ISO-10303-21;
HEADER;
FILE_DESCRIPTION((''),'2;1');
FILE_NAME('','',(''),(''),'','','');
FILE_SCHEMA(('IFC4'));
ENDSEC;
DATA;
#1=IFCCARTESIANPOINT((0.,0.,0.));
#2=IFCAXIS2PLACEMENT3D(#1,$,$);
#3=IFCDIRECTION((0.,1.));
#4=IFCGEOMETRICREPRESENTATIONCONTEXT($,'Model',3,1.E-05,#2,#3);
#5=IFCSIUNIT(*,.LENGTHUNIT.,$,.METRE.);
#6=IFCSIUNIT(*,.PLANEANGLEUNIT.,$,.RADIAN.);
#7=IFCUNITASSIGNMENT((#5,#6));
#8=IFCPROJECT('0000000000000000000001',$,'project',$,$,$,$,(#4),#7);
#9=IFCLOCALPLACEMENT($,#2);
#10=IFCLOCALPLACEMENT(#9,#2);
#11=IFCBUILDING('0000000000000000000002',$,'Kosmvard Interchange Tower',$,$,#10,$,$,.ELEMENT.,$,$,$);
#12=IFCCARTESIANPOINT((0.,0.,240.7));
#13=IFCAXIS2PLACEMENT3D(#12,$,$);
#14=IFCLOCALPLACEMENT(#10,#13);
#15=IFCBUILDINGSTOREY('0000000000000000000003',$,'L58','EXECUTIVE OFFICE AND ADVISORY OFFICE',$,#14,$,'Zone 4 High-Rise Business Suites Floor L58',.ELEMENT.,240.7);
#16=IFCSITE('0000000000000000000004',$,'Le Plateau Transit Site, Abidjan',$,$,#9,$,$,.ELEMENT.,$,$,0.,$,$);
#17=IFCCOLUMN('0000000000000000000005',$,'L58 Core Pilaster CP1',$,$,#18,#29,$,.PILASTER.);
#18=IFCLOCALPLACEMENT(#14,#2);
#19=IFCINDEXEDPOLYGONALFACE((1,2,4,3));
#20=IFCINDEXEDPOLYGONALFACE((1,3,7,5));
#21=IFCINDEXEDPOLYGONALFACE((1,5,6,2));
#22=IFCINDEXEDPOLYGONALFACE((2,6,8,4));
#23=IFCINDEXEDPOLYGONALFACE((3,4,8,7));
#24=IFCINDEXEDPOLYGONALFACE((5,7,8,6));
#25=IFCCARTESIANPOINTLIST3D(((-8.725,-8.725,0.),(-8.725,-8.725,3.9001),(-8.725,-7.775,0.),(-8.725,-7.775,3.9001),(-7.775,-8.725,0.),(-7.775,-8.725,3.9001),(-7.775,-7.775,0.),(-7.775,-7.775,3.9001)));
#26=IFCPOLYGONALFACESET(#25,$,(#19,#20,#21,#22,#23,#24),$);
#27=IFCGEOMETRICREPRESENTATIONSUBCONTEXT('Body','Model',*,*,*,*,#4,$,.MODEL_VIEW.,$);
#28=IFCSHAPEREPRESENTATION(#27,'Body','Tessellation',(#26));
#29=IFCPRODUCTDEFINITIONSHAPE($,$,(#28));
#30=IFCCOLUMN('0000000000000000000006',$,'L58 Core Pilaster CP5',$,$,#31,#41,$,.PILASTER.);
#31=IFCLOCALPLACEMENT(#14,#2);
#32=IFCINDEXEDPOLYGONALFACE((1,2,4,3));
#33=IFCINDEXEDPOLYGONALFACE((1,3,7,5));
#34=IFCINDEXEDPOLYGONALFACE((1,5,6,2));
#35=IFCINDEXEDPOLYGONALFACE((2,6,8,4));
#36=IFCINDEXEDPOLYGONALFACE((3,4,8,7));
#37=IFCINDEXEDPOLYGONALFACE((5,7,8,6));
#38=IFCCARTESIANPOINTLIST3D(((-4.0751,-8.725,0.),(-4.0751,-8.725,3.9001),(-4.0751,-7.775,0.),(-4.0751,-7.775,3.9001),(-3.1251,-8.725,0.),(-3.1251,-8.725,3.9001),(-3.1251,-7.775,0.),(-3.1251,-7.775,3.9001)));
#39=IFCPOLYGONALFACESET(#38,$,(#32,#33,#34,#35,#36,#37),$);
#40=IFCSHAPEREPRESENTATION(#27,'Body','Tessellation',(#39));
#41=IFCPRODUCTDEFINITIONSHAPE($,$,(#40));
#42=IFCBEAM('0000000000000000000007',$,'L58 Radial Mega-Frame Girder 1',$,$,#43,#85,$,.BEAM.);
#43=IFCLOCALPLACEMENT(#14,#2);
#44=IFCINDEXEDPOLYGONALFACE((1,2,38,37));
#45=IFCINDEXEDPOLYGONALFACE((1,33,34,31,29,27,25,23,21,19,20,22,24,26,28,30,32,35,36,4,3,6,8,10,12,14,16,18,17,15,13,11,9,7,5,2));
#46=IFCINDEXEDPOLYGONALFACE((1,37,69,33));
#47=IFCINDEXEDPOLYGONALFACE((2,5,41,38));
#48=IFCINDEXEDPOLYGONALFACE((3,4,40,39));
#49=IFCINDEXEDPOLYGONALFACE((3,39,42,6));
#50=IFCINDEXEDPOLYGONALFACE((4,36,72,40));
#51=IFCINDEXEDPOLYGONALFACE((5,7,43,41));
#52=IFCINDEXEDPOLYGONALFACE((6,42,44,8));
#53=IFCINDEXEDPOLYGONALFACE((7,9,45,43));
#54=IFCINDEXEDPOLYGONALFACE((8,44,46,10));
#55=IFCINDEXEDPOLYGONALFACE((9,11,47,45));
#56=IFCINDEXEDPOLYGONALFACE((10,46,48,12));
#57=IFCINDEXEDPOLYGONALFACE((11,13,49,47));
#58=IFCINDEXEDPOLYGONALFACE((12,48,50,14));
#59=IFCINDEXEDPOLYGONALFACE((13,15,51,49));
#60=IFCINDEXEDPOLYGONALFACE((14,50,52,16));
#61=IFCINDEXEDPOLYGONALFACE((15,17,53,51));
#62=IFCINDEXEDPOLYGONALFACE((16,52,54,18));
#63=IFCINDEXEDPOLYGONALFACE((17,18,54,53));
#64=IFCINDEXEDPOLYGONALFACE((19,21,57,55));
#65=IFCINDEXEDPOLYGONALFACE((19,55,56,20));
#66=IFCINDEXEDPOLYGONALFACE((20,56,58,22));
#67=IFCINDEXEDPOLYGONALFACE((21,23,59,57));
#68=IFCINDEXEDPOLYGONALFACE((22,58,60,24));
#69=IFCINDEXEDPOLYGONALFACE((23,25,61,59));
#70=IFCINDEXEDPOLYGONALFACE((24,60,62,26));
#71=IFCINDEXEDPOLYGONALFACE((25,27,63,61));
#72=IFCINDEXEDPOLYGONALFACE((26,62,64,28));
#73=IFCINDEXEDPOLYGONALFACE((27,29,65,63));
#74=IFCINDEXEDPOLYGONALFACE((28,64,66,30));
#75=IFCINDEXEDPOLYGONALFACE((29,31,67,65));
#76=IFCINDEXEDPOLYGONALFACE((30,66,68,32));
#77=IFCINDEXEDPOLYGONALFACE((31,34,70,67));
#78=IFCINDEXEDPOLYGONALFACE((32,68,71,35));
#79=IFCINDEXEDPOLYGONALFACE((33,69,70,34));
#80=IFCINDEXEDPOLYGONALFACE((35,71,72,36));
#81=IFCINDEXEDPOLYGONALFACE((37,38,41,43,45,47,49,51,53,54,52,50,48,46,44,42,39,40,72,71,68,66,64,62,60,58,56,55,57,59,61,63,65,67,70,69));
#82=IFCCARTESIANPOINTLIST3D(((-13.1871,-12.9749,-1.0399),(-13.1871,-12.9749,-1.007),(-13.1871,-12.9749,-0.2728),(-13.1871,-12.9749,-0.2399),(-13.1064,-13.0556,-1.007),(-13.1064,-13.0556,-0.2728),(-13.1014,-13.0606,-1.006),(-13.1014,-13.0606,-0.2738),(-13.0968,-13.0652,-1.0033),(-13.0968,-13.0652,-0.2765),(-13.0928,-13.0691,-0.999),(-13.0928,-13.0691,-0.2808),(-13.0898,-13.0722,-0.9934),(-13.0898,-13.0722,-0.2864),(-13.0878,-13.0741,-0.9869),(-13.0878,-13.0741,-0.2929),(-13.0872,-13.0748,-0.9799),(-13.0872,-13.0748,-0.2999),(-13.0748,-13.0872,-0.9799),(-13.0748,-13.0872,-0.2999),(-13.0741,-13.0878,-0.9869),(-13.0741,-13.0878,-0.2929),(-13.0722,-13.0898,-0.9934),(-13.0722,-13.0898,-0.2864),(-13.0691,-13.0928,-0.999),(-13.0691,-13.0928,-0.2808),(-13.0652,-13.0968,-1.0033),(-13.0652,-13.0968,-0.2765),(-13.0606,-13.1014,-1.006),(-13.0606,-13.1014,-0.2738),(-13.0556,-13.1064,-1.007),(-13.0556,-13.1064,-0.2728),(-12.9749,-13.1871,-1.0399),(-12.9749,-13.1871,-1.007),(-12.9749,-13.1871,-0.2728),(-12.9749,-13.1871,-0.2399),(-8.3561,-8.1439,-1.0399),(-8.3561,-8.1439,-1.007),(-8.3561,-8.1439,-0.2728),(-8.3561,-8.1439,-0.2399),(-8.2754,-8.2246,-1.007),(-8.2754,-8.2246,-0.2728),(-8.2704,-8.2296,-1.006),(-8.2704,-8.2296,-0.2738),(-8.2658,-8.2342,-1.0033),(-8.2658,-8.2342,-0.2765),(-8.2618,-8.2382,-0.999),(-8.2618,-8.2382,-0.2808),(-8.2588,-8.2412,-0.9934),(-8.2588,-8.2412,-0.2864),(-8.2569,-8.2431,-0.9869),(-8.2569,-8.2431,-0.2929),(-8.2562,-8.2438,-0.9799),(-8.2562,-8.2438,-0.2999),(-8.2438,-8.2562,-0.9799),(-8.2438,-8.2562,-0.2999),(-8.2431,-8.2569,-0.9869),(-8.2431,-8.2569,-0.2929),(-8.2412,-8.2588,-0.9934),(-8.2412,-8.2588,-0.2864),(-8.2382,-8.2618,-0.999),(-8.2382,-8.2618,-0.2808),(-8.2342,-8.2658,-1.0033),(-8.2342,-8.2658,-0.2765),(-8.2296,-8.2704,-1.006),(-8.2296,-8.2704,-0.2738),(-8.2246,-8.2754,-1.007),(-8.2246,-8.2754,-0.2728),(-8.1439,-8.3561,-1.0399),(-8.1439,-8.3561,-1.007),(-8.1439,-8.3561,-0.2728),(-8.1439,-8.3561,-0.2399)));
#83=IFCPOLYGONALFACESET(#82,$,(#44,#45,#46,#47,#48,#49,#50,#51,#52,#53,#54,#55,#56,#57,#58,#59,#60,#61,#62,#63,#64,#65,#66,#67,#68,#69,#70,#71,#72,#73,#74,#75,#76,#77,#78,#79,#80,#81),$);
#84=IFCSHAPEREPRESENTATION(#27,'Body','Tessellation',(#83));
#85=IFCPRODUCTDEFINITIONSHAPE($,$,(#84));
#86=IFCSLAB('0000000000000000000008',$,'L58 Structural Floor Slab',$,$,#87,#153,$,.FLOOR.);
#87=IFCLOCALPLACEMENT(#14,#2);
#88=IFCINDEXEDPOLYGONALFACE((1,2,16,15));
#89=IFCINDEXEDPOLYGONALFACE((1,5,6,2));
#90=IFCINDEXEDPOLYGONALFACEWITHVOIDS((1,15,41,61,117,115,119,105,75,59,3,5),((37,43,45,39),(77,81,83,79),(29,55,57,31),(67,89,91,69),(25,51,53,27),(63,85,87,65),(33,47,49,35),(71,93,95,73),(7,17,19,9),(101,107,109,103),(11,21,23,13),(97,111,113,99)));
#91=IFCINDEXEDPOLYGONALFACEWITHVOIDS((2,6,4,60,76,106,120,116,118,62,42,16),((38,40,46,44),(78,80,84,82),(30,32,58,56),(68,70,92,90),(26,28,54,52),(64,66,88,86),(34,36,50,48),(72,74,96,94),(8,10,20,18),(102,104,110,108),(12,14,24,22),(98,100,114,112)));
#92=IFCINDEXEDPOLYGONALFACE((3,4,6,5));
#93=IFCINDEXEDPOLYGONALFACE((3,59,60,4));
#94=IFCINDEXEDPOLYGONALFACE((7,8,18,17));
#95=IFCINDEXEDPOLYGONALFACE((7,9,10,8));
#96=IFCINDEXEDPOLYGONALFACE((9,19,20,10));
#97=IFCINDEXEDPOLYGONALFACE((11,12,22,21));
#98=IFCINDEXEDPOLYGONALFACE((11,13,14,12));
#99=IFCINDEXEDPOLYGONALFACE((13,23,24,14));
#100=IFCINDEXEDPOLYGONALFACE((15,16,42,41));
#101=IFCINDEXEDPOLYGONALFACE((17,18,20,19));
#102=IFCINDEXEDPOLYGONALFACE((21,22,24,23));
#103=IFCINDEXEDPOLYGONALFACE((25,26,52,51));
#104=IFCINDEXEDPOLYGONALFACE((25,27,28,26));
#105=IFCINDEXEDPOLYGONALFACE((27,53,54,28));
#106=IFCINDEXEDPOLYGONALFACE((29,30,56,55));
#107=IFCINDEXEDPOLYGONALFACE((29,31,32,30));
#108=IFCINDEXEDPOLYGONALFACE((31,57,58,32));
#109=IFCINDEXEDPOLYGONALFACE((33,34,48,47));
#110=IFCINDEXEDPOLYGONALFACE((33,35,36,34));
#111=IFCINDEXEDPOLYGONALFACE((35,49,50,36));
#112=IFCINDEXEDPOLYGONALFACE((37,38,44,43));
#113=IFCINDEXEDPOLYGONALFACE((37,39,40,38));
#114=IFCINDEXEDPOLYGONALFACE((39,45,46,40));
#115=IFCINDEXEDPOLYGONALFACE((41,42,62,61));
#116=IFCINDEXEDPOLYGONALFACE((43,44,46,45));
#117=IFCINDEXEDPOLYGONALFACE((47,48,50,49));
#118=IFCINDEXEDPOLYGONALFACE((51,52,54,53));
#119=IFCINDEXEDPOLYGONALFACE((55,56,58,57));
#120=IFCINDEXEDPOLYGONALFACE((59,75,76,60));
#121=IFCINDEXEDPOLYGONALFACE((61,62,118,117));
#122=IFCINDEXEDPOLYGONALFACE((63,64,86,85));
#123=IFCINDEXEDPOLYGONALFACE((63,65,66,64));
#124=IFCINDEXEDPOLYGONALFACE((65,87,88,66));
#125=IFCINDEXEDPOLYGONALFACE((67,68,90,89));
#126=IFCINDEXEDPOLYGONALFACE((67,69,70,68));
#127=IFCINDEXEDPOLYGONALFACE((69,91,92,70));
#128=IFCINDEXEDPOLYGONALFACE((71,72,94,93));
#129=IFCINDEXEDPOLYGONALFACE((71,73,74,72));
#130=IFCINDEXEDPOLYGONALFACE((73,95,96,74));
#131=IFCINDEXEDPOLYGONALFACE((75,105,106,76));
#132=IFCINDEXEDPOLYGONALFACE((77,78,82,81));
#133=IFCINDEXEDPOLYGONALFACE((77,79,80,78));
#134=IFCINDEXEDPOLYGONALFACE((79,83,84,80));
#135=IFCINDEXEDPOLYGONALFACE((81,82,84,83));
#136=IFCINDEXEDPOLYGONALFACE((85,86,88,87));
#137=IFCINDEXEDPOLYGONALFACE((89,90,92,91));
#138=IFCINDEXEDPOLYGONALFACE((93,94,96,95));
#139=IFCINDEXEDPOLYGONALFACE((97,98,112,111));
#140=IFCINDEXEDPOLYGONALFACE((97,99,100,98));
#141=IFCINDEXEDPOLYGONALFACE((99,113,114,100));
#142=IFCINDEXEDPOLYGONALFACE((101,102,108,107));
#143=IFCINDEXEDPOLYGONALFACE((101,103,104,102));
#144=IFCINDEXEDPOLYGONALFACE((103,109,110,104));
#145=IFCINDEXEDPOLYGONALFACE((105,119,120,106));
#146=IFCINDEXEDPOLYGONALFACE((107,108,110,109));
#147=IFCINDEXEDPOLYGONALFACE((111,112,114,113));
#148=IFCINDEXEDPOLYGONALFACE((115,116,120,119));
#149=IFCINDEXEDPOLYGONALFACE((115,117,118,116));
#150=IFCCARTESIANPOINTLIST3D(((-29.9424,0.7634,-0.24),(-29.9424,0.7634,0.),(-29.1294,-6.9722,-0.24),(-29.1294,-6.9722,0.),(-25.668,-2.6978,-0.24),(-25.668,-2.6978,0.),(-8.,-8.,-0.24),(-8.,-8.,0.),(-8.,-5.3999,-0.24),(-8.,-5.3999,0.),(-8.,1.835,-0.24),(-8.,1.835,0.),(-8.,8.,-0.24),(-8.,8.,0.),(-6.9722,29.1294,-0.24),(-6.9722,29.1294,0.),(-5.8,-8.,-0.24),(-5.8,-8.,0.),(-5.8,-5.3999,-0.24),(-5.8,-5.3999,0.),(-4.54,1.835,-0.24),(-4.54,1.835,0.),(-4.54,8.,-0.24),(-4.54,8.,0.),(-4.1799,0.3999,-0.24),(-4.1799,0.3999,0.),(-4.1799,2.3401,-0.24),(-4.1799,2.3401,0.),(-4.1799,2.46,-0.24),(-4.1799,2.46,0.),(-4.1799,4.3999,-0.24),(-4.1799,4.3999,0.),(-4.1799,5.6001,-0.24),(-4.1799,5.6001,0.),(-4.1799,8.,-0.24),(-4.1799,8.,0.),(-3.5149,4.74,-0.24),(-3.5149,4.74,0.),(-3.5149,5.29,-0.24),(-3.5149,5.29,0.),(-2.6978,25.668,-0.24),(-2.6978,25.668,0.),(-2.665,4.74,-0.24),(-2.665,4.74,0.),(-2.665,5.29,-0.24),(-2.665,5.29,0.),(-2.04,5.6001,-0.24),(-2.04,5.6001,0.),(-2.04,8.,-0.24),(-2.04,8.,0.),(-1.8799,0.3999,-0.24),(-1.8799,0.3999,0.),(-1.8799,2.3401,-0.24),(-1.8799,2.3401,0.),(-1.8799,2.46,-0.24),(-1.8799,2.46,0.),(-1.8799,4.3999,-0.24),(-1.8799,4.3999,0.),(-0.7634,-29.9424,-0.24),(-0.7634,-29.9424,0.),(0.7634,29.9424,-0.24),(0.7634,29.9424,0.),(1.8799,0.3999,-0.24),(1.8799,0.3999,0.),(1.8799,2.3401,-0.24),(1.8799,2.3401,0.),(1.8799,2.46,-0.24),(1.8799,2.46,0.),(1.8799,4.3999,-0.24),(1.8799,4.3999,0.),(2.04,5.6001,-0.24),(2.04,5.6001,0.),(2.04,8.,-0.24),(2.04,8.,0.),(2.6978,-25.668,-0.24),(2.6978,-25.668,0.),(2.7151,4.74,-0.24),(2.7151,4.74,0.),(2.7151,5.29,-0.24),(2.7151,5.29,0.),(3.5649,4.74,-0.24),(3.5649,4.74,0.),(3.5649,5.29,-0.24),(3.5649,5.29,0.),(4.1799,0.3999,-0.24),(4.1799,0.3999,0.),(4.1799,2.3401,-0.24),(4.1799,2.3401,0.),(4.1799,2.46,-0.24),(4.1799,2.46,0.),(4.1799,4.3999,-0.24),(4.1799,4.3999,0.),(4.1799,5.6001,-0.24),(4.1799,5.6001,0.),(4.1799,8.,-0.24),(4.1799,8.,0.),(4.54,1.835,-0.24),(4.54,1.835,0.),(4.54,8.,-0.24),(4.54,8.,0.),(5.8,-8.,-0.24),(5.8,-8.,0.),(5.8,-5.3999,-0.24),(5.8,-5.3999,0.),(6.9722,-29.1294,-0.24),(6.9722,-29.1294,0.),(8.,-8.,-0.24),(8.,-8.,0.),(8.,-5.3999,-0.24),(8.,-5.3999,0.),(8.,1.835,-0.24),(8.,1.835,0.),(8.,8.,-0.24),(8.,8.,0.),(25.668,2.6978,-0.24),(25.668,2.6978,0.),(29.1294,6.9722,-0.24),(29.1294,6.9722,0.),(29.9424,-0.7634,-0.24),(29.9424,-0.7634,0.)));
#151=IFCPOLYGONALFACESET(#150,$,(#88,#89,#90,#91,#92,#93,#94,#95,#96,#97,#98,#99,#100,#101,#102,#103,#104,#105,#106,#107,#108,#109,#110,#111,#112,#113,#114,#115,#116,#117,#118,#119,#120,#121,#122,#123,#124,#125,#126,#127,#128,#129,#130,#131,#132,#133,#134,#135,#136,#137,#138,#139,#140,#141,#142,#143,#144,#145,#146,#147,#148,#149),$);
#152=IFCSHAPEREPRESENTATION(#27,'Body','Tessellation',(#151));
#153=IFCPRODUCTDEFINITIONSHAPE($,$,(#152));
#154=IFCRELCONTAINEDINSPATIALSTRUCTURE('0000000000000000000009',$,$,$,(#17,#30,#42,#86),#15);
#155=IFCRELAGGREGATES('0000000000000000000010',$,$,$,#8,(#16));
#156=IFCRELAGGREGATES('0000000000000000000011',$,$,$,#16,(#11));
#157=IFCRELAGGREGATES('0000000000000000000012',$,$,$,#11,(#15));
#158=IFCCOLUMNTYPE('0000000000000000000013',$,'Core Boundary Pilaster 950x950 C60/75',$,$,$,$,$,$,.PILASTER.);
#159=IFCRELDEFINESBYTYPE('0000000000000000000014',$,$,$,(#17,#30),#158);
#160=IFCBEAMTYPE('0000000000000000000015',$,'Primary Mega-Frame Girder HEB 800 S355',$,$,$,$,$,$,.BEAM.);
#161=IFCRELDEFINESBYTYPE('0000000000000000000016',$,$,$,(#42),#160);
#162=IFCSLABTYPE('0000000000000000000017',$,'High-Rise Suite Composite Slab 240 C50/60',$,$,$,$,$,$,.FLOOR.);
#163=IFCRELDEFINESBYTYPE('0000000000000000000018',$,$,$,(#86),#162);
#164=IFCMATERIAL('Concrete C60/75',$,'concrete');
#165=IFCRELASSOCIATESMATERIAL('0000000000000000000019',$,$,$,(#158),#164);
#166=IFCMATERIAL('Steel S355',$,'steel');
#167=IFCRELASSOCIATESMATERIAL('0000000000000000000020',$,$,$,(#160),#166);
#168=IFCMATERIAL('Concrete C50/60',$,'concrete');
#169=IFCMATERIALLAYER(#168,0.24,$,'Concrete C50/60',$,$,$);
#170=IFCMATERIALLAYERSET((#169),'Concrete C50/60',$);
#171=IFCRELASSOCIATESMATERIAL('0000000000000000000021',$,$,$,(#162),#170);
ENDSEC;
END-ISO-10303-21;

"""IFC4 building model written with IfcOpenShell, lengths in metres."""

from ifc_helpers import new_model, si_unit, direction, frame, origin, origin_2d, place, context, subcontext, project, spatial, polyline, rectangle, i_section, outline, extrude, source, transform, mapped, material, layer, layer_set, material_profile, profile_set, type_object, element, save


model = new_model("IFC4")

# Units and contexts
model_context = context("Model", 3, precision=1e-05, world=origin(), true_north=direction((0.0, 1.0)))
body_context = subcontext(model_context, "Body", "Model", "MODEL_VIEW")
ifc_project = project(units=[si_unit("LENGTHUNIT", "METRE"), si_unit("PLANEANGLEUNIT", "RADIAN")], contexts=[model_context])

# Site, building, storey
site_placement = place(None, origin())
site = spatial("IfcSite", under=ifc_project, at=site_placement, Name="Le Plateau Transit Site, Abidjan", CompositionType="ELEMENT", RefElevation=0.0)
building_placement = place(site_placement, origin())
building = spatial("IfcBuilding", under=site, at=building_placement, Name="Kosmvard Interchange Tower", CompositionType="ELEMENT")
storey_placement = place(building_placement, frame((0.0, 0.0, 240.7)))
storey = spatial("IfcBuildingStorey", under=building, at=storey_placement, Name="L58", Description="EXECUTIVE OFFICE AND ADVISORY OFFICE", LongName="Zone 4 High-Rise Business Suites Floor L58", CompositionType="ELEMENT", Elevation=240.7)

# Columns
ifc_material_1 = material(Name="Concrete C60/75", Category="concrete")
ifc_material_profile_1 = material_profile(ifc_material_1, rectangle(XDim=0.95, YDim=0.95, at=origin_2d()), Name="CP 950x950")
ifc_profile_set_1 = profile_set([ifc_material_profile_1], Name="Concrete C60/75")
column_type = type_object("IfcColumnType", Name="Core Boundary Pilaster 950x950 C60/75", PredefinedType="PILASTER", material=ifc_profile_set_1)
shared_shape_1 = source(origin(), body_context, "Body", "SweptSolid", [
    extrude(rectangle(XDim=0.95, YDim=0.95, at=origin_2d()), origin(), (0.0, 0.0, 1.0), 3.9001),
])
for number, where, z_axis, x_axis, name in (
    (1, (-8.25, -8.25, 0.0), (0.0, 0.0, 1.0), (1.0, 0.0, 0.0), "L58 Core Pilaster CP1"),
    (2, (-3.6001, -8.25, 0.0), (0.0, 0.0, 1.0), (1.0, 0.0, 0.0), "L58 Core Pilaster CP5"),
):
    element("IfcColumn", number, at=place(storey_placement, frame(where, z_axis=z_axis, x_axis=x_axis)), inside=storey, type_object=column_type, Name=name, PredefinedType="PILASTER", context=body_context, shape_type="MappedRepresentation", body=[
        mapped(shared_shape_1, transform((0.0, 0.0, 0.0), scale=1.0)),
    ])

# Beam
ifc_material_2 = material(Name="Steel S355", Category="steel")
ifc_material_profile_2 = material_profile(ifc_material_2, i_section(OverallWidth=0.3, OverallDepth=0.8, WebThickness=0.0176, FlangeThickness=0.033, FilletRadius=0.0271, at=origin_2d()), Name="HEB 800")
ifc_profile_set_2 = profile_set([ifc_material_profile_2], Name="Steel S355")
beam_type = type_object("IfcBeamType", Name="Primary Mega-Frame Girder HEB 800 S355", PredefinedType="BEAM", material=ifc_profile_set_2)
shared_shape_2 = source(origin(), body_context, "Body", "SweptSolid", [
    extrude(i_section(OverallWidth=0.3, OverallDepth=0.8, WebThickness=0.0176, FlangeThickness=0.033, FilletRadius=0.0271, at=origin_2d()), origin(), (0.0, 0.0, 1.0), 6.832),
])
beam_placement = place(storey_placement, frame((-8.25, -8.25, -0.6399), z_axis=(-0.707107, -0.707107, 0.0), x_axis=(0.707107, -0.707107, 0.0)))
element("IfcBeam", 3, at=beam_placement, inside=storey, type_object=beam_type, Name="L58 Radial Mega-Frame Girder 1", PredefinedType="BEAM", context=body_context, shape_type="MappedRepresentation", body=[
    mapped(shared_shape_2, transform((0.0, 0.0, 0.0), scale=1.0)),
])

# Slab
ifc_material_3 = material(Name="Concrete C50/60", Category="concrete")
ifc_layer_1 = layer(ifc_material_3, 0.24, Name="Concrete C50/60")
ifc_layer_set_1 = layer_set([ifc_layer_1], Name="Concrete C50/60")
slab_type = type_object("IfcSlabType", Name="High-Rise Suite Composite Slab 240 C50/60", PredefinedType="FLOOR", material=ifc_layer_set_1)
slab_placement = place(storey_placement, frame((0.0, 0.0, -0.24)))
element("IfcSlab", 4, at=slab_placement, inside=storey, type_object=slab_type, Name="L58 Structural Floor Slab", PredefinedType="FLOOR", context=body_context, shape_type="SweptSolid", body=[
    extrude(outline(polyline([(6.9722, -29.1294), (29.9424, -0.7634), (25.668, 2.6978), (29.1294, 6.9722), (0.7634, 29.9424), (-2.6978, 25.668), (-6.9722, 29.1294), (-29.9424, 0.7634), (-25.668, -2.6978), (-29.1294, -6.9722), (-0.7634, -29.9424), (2.6978, -25.668), (6.9722, -29.1294)]), holes=[polyline([(-8.0, 1.835), (-4.54, 1.835), (-4.54, 8.0), (-8.0, 8.0), (-8.0, 1.835)]), polyline([(4.54, 1.835), (8.0, 1.835), (8.0, 8.0), (4.54, 8.0), (4.54, 1.835)]), polyline([(-8.0, -8.0), (-5.8, -8.0), (-5.8, -5.3999), (-8.0, -5.3999), (-8.0, -8.0)]), polyline([(5.8, -8.0), (8.0, -8.0), (8.0, -5.3999), (5.8, -5.3999), (5.8, -8.0)]), polyline([(-4.1799, 0.3999), (-1.8799, 0.3999), (-1.8799, 2.3401), (-4.1799, 2.3401), (-4.1799, 0.3999)]), polyline([(-4.1799, 2.46), (-1.8799, 2.46), (-1.8799, 4.3999), (-4.1799, 4.3999), (-4.1799, 2.46)]), polyline([(1.8799, 0.3999), (4.1799, 0.3999), (4.1799, 2.3401), (1.8799, 2.3401), (1.8799, 0.3999)]), polyline([(1.8799, 2.46), (4.1799, 2.46), (4.1799, 4.3999), (1.8799, 4.3999), (1.8799, 2.46)]), polyline([(-4.1799, 5.6001), (-2.04, 5.6001), (-2.04, 8.0), (-4.1799, 8.0), (-4.1799, 5.6001)]), polyline([(2.04, 5.6001), (4.1799, 5.6001), (4.1799, 8.0), (2.04, 8.0), (2.04, 5.6001)]), polyline([(-3.5149, 4.74), (-2.665, 4.74), (-2.665, 5.29), (-3.5149, 5.29), (-3.5149, 4.74)]), polyline([(2.7151, 4.74), (3.5649, 4.74), (3.5649, 5.29), (2.7151, 5.29), (2.7151, 4.74)])]), origin(), (0.0, 0.0, 1.0), 0.24),
])

save(model, "model.ifc")
